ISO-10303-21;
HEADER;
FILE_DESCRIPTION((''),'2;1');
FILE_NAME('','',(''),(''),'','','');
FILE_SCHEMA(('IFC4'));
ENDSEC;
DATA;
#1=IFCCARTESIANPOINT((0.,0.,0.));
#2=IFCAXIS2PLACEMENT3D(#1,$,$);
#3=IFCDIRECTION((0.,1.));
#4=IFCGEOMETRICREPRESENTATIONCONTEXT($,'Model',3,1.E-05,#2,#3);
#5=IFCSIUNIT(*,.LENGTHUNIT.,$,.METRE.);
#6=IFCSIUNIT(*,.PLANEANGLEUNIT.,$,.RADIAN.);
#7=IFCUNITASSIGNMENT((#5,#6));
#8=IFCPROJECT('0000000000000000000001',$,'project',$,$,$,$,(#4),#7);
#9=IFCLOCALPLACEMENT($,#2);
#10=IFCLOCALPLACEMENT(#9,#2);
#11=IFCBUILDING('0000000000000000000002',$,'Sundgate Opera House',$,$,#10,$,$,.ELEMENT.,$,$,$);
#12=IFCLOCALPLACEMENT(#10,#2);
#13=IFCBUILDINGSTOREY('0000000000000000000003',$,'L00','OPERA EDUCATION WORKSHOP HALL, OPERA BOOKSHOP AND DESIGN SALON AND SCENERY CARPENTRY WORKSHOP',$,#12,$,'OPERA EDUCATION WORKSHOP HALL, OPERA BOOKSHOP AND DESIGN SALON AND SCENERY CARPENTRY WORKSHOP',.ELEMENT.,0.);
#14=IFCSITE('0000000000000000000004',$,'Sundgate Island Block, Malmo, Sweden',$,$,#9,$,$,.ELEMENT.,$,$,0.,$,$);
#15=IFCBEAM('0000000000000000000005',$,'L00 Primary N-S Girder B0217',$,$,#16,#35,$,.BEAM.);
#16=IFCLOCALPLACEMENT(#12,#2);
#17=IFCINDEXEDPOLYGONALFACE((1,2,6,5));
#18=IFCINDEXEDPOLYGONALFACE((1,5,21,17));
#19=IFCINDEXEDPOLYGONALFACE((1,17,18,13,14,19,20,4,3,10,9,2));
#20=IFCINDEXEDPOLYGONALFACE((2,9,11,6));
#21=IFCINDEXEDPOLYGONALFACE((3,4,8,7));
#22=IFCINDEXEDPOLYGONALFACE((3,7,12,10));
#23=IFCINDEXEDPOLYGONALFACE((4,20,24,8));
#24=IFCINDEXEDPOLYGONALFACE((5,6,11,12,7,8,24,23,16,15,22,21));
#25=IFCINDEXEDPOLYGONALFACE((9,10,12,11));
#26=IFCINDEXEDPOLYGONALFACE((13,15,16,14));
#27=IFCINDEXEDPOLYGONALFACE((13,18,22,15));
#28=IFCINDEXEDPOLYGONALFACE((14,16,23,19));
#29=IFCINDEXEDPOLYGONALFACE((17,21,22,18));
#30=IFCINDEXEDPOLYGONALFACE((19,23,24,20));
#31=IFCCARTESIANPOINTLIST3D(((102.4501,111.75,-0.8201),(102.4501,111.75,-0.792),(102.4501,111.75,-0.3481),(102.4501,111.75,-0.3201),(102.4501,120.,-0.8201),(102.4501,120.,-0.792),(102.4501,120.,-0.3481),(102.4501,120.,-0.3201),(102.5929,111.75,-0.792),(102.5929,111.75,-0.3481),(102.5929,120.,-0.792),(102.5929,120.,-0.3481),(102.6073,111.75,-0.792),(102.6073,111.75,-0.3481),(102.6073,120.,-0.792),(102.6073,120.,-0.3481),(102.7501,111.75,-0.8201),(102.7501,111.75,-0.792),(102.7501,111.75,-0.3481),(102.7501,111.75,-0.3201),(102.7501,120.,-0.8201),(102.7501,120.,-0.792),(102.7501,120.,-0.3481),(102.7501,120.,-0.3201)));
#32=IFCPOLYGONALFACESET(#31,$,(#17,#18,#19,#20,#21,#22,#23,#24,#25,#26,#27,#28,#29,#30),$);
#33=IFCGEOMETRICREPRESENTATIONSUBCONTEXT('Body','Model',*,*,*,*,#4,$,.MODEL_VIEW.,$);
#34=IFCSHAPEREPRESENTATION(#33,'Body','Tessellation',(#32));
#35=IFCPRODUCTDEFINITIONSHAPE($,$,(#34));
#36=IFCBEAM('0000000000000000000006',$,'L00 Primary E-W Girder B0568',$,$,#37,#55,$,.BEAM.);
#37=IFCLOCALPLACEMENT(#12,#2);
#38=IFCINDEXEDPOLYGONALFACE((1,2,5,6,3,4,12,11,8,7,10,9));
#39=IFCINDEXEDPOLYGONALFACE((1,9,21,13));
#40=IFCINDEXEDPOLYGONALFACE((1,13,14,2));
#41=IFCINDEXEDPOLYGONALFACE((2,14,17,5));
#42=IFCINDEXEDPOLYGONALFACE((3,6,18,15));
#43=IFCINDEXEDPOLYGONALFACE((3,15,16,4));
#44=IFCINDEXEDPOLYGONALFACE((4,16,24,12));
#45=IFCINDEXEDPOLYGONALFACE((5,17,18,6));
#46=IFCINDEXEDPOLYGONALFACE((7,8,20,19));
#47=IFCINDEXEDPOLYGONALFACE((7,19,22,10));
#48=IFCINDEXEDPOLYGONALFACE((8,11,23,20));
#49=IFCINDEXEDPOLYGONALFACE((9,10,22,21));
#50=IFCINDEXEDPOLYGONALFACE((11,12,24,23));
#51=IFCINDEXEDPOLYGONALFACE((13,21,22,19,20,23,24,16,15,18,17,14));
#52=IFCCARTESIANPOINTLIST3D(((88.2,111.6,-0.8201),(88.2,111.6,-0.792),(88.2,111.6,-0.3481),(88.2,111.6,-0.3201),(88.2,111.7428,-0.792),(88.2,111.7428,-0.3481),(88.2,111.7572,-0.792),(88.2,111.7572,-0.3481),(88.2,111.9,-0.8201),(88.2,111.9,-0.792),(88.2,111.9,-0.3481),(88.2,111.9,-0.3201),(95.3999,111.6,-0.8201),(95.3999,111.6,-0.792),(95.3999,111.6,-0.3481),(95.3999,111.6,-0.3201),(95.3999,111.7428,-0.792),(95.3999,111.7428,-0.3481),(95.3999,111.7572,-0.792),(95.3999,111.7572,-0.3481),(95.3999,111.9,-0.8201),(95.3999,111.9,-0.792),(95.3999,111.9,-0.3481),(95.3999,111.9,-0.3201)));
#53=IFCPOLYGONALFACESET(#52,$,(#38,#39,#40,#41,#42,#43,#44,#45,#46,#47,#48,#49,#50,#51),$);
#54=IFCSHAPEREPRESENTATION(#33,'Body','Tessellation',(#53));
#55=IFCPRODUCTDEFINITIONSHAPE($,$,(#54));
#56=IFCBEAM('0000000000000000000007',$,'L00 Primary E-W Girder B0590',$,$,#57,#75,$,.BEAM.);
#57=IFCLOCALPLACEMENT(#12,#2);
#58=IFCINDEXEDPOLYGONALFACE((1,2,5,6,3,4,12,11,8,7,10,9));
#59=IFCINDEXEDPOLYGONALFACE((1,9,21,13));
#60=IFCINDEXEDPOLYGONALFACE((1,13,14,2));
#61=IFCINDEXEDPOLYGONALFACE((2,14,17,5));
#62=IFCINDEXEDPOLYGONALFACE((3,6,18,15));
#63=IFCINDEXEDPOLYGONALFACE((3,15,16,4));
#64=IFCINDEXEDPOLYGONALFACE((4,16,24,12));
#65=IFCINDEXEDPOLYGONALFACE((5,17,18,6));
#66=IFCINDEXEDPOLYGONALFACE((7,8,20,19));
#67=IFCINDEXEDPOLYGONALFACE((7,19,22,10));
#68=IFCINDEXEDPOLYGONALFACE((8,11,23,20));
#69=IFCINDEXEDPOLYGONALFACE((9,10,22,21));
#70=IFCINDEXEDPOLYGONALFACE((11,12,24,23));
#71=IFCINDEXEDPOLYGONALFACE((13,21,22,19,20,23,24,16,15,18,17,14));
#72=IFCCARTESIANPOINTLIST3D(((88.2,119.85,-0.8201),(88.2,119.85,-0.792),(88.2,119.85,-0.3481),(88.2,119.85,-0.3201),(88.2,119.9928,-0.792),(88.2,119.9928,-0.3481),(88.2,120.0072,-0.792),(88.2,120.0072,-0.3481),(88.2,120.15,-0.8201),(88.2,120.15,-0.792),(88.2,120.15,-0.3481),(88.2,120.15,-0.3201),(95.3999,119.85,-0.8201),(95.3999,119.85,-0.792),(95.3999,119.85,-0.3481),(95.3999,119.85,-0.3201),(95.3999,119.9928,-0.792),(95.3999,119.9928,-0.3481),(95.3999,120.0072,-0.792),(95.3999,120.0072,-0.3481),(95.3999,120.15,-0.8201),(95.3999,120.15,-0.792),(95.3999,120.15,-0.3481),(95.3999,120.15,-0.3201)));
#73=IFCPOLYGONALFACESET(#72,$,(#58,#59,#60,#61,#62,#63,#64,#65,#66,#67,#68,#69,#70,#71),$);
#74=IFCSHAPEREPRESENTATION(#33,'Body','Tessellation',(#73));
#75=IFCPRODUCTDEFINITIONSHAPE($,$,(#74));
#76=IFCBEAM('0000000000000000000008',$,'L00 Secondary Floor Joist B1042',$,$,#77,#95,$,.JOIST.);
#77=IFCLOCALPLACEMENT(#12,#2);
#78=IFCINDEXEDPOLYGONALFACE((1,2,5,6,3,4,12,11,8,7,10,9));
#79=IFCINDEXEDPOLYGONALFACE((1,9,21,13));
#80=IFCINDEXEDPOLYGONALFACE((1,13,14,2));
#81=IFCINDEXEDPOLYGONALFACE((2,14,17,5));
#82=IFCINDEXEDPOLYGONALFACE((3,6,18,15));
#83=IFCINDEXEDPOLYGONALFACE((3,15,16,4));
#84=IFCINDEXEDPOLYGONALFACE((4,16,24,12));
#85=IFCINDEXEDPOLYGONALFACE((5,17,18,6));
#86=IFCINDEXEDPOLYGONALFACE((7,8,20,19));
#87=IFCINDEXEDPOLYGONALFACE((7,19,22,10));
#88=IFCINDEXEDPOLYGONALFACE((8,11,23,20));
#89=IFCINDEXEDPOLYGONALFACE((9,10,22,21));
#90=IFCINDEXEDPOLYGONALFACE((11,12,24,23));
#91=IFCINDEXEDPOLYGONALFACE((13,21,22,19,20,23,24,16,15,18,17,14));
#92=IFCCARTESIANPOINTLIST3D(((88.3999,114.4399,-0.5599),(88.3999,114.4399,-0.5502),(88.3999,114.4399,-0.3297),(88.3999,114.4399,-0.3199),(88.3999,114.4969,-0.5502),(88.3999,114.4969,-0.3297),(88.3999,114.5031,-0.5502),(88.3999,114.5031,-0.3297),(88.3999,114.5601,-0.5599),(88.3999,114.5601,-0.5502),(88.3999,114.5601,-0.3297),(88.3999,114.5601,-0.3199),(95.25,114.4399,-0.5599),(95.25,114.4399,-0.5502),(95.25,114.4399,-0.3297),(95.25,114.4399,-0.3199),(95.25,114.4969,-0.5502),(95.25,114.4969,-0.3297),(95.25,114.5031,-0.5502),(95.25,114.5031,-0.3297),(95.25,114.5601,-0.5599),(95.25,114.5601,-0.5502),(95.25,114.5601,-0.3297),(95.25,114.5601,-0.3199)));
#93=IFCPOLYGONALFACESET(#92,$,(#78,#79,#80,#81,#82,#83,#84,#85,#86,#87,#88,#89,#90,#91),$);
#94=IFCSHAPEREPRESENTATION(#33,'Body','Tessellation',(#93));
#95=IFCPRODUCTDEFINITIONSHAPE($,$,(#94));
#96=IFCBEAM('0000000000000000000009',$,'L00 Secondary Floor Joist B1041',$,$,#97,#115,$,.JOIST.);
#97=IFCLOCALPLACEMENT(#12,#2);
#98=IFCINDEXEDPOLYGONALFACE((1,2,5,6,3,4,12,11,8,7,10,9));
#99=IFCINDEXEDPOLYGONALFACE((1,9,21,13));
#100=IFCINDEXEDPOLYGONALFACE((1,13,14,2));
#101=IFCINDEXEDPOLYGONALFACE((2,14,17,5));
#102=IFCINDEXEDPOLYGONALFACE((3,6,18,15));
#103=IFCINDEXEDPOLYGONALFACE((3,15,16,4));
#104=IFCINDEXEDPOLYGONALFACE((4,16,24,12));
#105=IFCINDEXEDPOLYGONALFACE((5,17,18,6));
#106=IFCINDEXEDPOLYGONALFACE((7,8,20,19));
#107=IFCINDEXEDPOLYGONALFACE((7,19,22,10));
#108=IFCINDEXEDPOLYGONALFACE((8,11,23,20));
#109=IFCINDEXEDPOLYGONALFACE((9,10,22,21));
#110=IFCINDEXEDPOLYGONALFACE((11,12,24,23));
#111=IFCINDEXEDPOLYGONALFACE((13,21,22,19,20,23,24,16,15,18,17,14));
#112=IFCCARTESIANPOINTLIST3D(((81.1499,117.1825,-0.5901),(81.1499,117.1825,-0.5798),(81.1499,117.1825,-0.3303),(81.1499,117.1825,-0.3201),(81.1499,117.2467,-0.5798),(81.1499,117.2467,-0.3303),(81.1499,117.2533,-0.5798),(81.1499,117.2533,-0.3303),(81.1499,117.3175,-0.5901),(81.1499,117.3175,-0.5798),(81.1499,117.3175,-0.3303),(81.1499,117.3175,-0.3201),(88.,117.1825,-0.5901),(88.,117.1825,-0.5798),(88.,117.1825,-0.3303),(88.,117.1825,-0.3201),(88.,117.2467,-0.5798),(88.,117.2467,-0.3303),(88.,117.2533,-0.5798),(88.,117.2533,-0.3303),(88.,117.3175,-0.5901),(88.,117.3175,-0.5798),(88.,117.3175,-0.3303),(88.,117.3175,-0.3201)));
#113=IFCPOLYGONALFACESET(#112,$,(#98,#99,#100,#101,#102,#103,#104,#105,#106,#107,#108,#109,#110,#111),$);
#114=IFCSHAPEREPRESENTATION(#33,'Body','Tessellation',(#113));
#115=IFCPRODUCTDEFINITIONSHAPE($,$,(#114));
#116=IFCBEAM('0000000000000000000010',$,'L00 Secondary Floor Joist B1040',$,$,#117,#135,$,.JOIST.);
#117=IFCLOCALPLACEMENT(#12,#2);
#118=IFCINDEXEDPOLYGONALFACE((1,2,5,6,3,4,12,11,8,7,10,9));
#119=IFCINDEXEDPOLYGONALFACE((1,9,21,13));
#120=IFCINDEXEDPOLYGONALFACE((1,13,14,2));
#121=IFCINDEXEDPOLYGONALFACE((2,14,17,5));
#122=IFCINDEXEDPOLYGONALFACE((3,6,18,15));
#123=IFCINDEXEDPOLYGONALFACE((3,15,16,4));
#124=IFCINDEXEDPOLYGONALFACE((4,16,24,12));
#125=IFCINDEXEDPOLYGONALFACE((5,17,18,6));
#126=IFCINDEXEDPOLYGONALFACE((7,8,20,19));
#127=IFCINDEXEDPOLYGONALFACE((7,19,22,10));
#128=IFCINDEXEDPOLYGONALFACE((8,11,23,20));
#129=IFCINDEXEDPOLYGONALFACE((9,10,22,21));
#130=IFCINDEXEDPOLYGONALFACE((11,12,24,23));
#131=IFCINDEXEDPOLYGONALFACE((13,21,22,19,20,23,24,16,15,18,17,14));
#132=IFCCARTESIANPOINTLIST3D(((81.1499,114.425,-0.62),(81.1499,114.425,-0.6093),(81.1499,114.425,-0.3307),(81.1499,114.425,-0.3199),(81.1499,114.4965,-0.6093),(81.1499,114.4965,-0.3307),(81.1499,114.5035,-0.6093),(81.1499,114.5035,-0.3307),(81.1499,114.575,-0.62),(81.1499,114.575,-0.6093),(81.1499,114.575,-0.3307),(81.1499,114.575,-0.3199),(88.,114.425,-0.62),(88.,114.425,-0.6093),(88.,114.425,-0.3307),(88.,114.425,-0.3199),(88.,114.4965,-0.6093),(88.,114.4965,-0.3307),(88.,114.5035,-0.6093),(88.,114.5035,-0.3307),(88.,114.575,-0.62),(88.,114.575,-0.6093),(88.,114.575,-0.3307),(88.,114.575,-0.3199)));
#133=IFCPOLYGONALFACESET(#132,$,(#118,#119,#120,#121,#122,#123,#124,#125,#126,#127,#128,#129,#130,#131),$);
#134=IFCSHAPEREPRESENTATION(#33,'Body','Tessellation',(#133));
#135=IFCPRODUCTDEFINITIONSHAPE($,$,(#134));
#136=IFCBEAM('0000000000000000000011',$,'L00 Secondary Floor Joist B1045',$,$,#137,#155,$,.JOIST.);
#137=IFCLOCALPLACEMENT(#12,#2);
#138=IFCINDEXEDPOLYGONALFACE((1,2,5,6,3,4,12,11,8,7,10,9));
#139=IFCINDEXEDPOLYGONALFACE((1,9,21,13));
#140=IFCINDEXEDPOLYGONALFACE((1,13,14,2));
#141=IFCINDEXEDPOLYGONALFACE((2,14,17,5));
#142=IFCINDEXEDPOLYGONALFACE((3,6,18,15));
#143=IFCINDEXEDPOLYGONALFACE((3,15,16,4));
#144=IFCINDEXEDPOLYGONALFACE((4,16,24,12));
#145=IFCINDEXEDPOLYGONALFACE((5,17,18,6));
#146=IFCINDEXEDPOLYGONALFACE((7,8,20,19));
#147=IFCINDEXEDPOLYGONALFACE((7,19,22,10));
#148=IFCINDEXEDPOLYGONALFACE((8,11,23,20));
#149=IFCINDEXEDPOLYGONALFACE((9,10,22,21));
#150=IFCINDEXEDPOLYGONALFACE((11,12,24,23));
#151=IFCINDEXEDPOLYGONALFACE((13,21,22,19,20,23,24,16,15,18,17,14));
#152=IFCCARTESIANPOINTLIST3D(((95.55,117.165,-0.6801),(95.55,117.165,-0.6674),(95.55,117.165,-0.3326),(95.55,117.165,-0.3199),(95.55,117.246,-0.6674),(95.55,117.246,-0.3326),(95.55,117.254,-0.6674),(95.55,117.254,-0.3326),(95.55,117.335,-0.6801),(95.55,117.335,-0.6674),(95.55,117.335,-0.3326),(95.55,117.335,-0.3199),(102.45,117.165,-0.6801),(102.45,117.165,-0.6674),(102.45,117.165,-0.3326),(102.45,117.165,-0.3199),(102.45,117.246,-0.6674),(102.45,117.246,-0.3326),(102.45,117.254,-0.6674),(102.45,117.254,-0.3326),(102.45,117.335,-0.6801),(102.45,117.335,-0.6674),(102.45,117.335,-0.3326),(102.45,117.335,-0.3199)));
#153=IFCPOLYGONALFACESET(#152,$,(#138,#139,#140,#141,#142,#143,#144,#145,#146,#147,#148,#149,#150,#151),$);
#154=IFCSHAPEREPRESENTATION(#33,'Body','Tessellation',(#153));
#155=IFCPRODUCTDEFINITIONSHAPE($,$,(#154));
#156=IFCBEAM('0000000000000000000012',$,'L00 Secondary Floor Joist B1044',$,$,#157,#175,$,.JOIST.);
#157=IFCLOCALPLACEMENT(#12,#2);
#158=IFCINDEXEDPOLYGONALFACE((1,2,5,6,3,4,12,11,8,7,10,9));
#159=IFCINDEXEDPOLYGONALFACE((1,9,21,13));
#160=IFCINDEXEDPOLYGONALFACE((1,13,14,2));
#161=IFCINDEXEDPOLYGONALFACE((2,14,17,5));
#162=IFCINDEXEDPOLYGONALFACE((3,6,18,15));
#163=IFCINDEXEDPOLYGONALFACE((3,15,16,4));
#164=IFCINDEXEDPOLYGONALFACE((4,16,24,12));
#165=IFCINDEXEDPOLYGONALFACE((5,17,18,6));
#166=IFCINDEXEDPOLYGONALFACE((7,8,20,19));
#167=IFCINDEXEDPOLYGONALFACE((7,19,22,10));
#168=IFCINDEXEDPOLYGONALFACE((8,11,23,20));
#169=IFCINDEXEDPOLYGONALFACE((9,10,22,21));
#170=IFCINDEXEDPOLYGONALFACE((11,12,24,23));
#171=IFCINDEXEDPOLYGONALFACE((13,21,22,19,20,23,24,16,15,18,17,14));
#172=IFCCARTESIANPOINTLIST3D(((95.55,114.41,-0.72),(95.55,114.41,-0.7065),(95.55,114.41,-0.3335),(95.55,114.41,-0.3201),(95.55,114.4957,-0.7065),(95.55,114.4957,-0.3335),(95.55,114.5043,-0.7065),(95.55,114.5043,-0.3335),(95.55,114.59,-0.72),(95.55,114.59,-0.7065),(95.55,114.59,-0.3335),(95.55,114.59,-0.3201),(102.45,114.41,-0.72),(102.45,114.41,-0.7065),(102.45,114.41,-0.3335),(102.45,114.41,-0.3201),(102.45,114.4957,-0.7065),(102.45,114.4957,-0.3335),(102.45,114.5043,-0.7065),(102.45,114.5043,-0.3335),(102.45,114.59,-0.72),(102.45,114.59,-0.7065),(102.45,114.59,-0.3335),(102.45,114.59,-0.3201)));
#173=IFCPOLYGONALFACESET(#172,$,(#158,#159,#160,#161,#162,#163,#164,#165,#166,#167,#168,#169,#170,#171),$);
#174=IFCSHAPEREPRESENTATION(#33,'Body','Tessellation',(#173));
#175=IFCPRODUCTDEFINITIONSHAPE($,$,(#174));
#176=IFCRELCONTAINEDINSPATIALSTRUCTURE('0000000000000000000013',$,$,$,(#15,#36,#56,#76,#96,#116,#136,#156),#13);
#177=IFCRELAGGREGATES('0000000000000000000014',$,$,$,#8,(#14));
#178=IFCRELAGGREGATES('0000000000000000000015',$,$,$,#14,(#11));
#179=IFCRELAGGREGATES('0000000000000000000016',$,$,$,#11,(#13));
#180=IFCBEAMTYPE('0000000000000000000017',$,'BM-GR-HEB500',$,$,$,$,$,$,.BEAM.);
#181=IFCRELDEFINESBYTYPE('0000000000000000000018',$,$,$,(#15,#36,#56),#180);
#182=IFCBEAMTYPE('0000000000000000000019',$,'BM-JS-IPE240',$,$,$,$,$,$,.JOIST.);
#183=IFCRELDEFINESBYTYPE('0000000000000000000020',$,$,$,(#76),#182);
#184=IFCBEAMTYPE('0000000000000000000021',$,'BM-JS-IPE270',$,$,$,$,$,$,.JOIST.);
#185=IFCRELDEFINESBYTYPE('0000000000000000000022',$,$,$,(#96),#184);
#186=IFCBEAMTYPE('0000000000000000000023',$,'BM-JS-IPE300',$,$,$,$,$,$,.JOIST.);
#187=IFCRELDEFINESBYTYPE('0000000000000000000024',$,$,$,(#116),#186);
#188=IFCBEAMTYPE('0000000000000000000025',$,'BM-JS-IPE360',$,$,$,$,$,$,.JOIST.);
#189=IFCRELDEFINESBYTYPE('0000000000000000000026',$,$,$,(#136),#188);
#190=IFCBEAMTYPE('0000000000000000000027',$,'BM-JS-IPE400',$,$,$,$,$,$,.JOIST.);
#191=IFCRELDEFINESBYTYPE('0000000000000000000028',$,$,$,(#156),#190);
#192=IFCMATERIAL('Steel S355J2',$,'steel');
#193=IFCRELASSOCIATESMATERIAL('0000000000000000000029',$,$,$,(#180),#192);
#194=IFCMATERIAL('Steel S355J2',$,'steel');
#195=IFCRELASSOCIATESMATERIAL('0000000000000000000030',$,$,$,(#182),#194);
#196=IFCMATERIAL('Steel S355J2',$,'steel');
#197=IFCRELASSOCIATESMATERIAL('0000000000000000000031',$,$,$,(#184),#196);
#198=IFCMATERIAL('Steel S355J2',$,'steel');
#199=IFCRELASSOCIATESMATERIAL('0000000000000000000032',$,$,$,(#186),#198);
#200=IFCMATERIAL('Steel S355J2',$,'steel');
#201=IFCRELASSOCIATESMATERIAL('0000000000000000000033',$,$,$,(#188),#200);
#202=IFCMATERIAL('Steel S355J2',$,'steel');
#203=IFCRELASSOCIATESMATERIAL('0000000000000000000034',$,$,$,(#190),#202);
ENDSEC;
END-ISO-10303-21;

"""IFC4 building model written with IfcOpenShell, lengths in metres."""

from ifc_helpers import new_model, si_unit, direction, frame, origin, origin_2d, place, context, subcontext, project, spatial, i_section, extrude, material, material_profile, profile_set, type_object, element, save


model = new_model("IFC4")

# Units and contexts
model_context = context("Model", 3, precision=1e-05, world=origin(), true_north=direction((0.0, 1.0)))
body_context = subcontext(model_context, "Body", "Model", "MODEL_VIEW")
ifc_project = project(units=[si_unit("LENGTHUNIT", "METRE"), si_unit("PLANEANGLEUNIT", "RADIAN")], contexts=[model_context])

# Site, building, storey
site_placement = place(None, origin())
site = spatial("IfcSite", under=ifc_project, at=site_placement, Name="Sundgate Island Block, Malmo, Sweden", CompositionType="ELEMENT", RefElevation=0.0)
building_placement = place(site_placement, origin())
building = spatial("IfcBuilding", under=site, at=building_placement, Name="Sundgate Opera House", CompositionType="ELEMENT")
storey_placement = place(building_placement, origin())
storey = spatial("IfcBuildingStorey", under=building, at=storey_placement, Name="L00", Description="OPERA EDUCATION WORKSHOP HALL, OPERA BOOKSHOP AND DESIGN SALON AND SCENERY CARPENTRY WORKSHOP", LongName="OPERA EDUCATION WORKSHOP HALL, OPERA BOOKSHOP AND DESIGN SALON AND SCENERY CARPENTRY WORKSHOP", CompositionType="ELEMENT", Elevation=0.0)

# Beams
ifc_material_1 = material(Name="Steel S355J2", Category="steel")
ifc_material_profile_1 = material_profile(ifc_material_1, i_section(OverallWidth=0.3, OverallDepth=0.5, WebThickness=0.0144, FlangeThickness=0.0281, at=origin_2d()), Name="HEB 500")
ifc_profile_set_1 = profile_set([ifc_material_profile_1], Name="Steel S355J2")
beam_type_1 = type_object("IfcBeamType", Name="BM-GR-HEB500", PredefinedType="BEAM", material=ifc_profile_set_1)
beam_1_placement = place(storey_placement, frame((102.6001, 111.75, -0.5701), z_axis=(0.0, 1.0, 0.0), x_axis=(-1.0, 0.0, 0.0)))
element("IfcBeam", 1, at=beam_1_placement, inside=storey, type_object=beam_type_1, Name="L00 Primary N-S Girder B0217", PredefinedType="BEAM", context=body_context, shape_type="SweptSolid", body=[
    extrude(i_section(OverallWidth=0.3, OverallDepth=0.5, WebThickness=0.0144, FlangeThickness=0.0281, at=origin_2d()), origin(), (0.0, 0.0, 1.0), 8.25),
])
for number, where, z_axis, x_axis, name in (
    (2, (88.2, 111.75, -0.5701), (1.0, 0.0, 0.0), (0.0, 1.0, 0.0), "L00 Primary E-W Girder B0568"),
    (3, (88.2, 120.0, -0.5701), (1.0, 0.0, 0.0), (0.0, 1.0, 0.0), "L00 Primary E-W Girder B0590"),
):
    element("IfcBeam", number, at=place(storey_placement, frame(where, z_axis=z_axis, x_axis=x_axis)), inside=storey, type_object=beam_type_1, Name=name, PredefinedType="BEAM", context=body_context, shape_type="SweptSolid", body=[
        extrude(i_section(OverallWidth=0.3, OverallDepth=0.5, WebThickness=0.0144, FlangeThickness=0.0281, at=origin_2d()), origin(), (0.0, 0.0, 1.0), 7.2),
    ])
ifc_material_2 = material(Name="Steel S355J2", Category="steel")
ifc_material_profile_2 = material_profile(ifc_material_2, i_section(OverallWidth=0.1201, OverallDepth=0.24, WebThickness=0.0061, FlangeThickness=0.0098, at=origin_2d()), Name="IPE 240")
ifc_profile_set_2 = profile_set([ifc_material_profile_2], Name="Steel S355J2")
beam_type_2 = type_object("IfcBeamType", Name="BM-JS-IPE240", PredefinedType="JOIST", material=ifc_profile_set_2)
beam_2_placement = place(storey_placement, frame((88.3999, 114.5, -0.4399), z_axis=(1.0, 0.0, 0.0), x_axis=(0.0, 1.0, 0.0)))
element("IfcBeam", 4, at=beam_2_placement, inside=storey, type_object=beam_type_2, Name="L00 Secondary Floor Joist B1042", PredefinedType="JOIST", context=body_context, shape_type="SweptSolid", body=[
    extrude(i_section(OverallWidth=0.1201, OverallDepth=0.24, WebThickness=0.0061, FlangeThickness=0.0098, at=origin_2d()), origin(), (0.0, 0.0, 1.0), 6.8501),
])
ifc_material_3 = material(Name="Steel S355J2", Category="steel")
ifc_material_profile_3 = material_profile(ifc_material_3, i_section(OverallWidth=0.135, OverallDepth=0.27, WebThickness=0.0066, FlangeThickness=0.0103, at=origin_2d()), Name="IPE 270")
ifc_profile_set_3 = profile_set([ifc_material_profile_3], Name="Steel S355J2")
beam_type_3 = type_object("IfcBeamType", Name="BM-JS-IPE270", PredefinedType="JOIST", material=ifc_profile_set_3)
beam_3_placement = place(storey_placement, frame((81.1499, 117.25, -0.4551), z_axis=(1.0, 0.0, 0.0), x_axis=(0.0, 1.0, 0.0)))
element("IfcBeam", 5, at=beam_3_placement, inside=storey, type_object=beam_type_3, Name="L00 Secondary Floor Joist B1041", PredefinedType="JOIST", context=body_context, shape_type="SweptSolid", body=[
    extrude(i_section(OverallWidth=0.135, OverallDepth=0.27, WebThickness=0.0066, FlangeThickness=0.0103, at=origin_2d()), origin(), (0.0, 0.0, 1.0), 6.8501),
])
ifc_material_4 = material(Name="Steel S355J2", Category="steel")
ifc_material_profile_4 = material_profile(ifc_material_4, i_section(OverallWidth=0.1499, OverallDepth=0.3, WebThickness=0.0071, FlangeThickness=0.0107, at=origin_2d()), Name="IPE 300")
ifc_profile_set_4 = profile_set([ifc_material_profile_4], Name="Steel S355J2")
beam_type_4 = type_object("IfcBeamType", Name="BM-JS-IPE300", PredefinedType="JOIST", material=ifc_profile_set_4)
beam_4_placement = place(storey_placement, frame((81.1499, 114.5, -0.47), z_axis=(1.0, 0.0, 0.0), x_axis=(0.0, 1.0, 0.0)))
element("IfcBeam", 6, at=beam_4_placement, inside=storey, type_object=beam_type_4, Name="L00 Secondary Floor Joist B1040", PredefinedType="JOIST", context=body_context, shape_type="SweptSolid", body=[
    extrude(i_section(OverallWidth=0.1499, OverallDepth=0.3, WebThickness=0.0071, FlangeThickness=0.0107, at=origin_2d()), origin(), (0.0, 0.0, 1.0), 6.8501),
])
ifc_material_5 = material(Name="Steel S355J2", Category="steel")
ifc_material_profile_5 = material_profile(ifc_material_5, i_section(OverallWidth=0.1699, OverallDepth=0.3601, WebThickness=0.0081, FlangeThickness=0.0127, at=origin_2d()), Name="IPE 360")
ifc_profile_set_5 = profile_set([ifc_material_profile_5], Name="Steel S355J2")
beam_type_5 = type_object("IfcBeamType", Name="BM-JS-IPE360", PredefinedType="JOIST", material=ifc_profile_set_5)
beam_5_placement = place(storey_placement, frame((95.55, 117.25, -0.5), z_axis=(1.0, 0.0, 0.0), x_axis=(0.0, 1.0, 0.0)))
element("IfcBeam", 7, at=beam_5_placement, inside=storey, type_object=beam_type_5, Name="L00 Secondary Floor Joist B1045", PredefinedType="JOIST", context=body_context, shape_type="SweptSolid", body=[
    extrude(i_section(OverallWidth=0.1699, OverallDepth=0.3601, WebThickness=0.0081, FlangeThickness=0.0127, at=origin_2d()), origin(), (0.0, 0.0, 1.0), 6.8999),
])
ifc_material_6 = material(Name="Steel S355J2", Category="steel")
ifc_material_profile_6 = material_profile(ifc_material_6, i_section(OverallWidth=0.1799, OverallDepth=0.3999, WebThickness=0.0085, FlangeThickness=0.0134, at=origin_2d()), Name="IPE 400")
ifc_profile_set_6 = profile_set([ifc_material_profile_6], Name="Steel S355J2")
beam_type_6 = type_object("IfcBeamType", Name="BM-JS-IPE400", PredefinedType="JOIST", material=ifc_profile_set_6)
beam_6_placement = place(storey_placement, frame((95.55, 114.5, -0.52), z_axis=(1.0, 0.0, 0.0), x_axis=(0.0, 1.0, 0.0)))
element("IfcBeam", 8, at=beam_6_placement, inside=storey, type_object=beam_type_6, Name="L00 Secondary Floor Joist B1044", PredefinedType="JOIST", context=body_context, shape_type="SweptSolid", body=[
    extrude(i_section(OverallWidth=0.1799, OverallDepth=0.3999, WebThickness=0.0085, FlangeThickness=0.0134, at=origin_2d()), origin(), (0.0, 0.0, 1.0), 6.8999),
])

save(model, "model.ifc")
